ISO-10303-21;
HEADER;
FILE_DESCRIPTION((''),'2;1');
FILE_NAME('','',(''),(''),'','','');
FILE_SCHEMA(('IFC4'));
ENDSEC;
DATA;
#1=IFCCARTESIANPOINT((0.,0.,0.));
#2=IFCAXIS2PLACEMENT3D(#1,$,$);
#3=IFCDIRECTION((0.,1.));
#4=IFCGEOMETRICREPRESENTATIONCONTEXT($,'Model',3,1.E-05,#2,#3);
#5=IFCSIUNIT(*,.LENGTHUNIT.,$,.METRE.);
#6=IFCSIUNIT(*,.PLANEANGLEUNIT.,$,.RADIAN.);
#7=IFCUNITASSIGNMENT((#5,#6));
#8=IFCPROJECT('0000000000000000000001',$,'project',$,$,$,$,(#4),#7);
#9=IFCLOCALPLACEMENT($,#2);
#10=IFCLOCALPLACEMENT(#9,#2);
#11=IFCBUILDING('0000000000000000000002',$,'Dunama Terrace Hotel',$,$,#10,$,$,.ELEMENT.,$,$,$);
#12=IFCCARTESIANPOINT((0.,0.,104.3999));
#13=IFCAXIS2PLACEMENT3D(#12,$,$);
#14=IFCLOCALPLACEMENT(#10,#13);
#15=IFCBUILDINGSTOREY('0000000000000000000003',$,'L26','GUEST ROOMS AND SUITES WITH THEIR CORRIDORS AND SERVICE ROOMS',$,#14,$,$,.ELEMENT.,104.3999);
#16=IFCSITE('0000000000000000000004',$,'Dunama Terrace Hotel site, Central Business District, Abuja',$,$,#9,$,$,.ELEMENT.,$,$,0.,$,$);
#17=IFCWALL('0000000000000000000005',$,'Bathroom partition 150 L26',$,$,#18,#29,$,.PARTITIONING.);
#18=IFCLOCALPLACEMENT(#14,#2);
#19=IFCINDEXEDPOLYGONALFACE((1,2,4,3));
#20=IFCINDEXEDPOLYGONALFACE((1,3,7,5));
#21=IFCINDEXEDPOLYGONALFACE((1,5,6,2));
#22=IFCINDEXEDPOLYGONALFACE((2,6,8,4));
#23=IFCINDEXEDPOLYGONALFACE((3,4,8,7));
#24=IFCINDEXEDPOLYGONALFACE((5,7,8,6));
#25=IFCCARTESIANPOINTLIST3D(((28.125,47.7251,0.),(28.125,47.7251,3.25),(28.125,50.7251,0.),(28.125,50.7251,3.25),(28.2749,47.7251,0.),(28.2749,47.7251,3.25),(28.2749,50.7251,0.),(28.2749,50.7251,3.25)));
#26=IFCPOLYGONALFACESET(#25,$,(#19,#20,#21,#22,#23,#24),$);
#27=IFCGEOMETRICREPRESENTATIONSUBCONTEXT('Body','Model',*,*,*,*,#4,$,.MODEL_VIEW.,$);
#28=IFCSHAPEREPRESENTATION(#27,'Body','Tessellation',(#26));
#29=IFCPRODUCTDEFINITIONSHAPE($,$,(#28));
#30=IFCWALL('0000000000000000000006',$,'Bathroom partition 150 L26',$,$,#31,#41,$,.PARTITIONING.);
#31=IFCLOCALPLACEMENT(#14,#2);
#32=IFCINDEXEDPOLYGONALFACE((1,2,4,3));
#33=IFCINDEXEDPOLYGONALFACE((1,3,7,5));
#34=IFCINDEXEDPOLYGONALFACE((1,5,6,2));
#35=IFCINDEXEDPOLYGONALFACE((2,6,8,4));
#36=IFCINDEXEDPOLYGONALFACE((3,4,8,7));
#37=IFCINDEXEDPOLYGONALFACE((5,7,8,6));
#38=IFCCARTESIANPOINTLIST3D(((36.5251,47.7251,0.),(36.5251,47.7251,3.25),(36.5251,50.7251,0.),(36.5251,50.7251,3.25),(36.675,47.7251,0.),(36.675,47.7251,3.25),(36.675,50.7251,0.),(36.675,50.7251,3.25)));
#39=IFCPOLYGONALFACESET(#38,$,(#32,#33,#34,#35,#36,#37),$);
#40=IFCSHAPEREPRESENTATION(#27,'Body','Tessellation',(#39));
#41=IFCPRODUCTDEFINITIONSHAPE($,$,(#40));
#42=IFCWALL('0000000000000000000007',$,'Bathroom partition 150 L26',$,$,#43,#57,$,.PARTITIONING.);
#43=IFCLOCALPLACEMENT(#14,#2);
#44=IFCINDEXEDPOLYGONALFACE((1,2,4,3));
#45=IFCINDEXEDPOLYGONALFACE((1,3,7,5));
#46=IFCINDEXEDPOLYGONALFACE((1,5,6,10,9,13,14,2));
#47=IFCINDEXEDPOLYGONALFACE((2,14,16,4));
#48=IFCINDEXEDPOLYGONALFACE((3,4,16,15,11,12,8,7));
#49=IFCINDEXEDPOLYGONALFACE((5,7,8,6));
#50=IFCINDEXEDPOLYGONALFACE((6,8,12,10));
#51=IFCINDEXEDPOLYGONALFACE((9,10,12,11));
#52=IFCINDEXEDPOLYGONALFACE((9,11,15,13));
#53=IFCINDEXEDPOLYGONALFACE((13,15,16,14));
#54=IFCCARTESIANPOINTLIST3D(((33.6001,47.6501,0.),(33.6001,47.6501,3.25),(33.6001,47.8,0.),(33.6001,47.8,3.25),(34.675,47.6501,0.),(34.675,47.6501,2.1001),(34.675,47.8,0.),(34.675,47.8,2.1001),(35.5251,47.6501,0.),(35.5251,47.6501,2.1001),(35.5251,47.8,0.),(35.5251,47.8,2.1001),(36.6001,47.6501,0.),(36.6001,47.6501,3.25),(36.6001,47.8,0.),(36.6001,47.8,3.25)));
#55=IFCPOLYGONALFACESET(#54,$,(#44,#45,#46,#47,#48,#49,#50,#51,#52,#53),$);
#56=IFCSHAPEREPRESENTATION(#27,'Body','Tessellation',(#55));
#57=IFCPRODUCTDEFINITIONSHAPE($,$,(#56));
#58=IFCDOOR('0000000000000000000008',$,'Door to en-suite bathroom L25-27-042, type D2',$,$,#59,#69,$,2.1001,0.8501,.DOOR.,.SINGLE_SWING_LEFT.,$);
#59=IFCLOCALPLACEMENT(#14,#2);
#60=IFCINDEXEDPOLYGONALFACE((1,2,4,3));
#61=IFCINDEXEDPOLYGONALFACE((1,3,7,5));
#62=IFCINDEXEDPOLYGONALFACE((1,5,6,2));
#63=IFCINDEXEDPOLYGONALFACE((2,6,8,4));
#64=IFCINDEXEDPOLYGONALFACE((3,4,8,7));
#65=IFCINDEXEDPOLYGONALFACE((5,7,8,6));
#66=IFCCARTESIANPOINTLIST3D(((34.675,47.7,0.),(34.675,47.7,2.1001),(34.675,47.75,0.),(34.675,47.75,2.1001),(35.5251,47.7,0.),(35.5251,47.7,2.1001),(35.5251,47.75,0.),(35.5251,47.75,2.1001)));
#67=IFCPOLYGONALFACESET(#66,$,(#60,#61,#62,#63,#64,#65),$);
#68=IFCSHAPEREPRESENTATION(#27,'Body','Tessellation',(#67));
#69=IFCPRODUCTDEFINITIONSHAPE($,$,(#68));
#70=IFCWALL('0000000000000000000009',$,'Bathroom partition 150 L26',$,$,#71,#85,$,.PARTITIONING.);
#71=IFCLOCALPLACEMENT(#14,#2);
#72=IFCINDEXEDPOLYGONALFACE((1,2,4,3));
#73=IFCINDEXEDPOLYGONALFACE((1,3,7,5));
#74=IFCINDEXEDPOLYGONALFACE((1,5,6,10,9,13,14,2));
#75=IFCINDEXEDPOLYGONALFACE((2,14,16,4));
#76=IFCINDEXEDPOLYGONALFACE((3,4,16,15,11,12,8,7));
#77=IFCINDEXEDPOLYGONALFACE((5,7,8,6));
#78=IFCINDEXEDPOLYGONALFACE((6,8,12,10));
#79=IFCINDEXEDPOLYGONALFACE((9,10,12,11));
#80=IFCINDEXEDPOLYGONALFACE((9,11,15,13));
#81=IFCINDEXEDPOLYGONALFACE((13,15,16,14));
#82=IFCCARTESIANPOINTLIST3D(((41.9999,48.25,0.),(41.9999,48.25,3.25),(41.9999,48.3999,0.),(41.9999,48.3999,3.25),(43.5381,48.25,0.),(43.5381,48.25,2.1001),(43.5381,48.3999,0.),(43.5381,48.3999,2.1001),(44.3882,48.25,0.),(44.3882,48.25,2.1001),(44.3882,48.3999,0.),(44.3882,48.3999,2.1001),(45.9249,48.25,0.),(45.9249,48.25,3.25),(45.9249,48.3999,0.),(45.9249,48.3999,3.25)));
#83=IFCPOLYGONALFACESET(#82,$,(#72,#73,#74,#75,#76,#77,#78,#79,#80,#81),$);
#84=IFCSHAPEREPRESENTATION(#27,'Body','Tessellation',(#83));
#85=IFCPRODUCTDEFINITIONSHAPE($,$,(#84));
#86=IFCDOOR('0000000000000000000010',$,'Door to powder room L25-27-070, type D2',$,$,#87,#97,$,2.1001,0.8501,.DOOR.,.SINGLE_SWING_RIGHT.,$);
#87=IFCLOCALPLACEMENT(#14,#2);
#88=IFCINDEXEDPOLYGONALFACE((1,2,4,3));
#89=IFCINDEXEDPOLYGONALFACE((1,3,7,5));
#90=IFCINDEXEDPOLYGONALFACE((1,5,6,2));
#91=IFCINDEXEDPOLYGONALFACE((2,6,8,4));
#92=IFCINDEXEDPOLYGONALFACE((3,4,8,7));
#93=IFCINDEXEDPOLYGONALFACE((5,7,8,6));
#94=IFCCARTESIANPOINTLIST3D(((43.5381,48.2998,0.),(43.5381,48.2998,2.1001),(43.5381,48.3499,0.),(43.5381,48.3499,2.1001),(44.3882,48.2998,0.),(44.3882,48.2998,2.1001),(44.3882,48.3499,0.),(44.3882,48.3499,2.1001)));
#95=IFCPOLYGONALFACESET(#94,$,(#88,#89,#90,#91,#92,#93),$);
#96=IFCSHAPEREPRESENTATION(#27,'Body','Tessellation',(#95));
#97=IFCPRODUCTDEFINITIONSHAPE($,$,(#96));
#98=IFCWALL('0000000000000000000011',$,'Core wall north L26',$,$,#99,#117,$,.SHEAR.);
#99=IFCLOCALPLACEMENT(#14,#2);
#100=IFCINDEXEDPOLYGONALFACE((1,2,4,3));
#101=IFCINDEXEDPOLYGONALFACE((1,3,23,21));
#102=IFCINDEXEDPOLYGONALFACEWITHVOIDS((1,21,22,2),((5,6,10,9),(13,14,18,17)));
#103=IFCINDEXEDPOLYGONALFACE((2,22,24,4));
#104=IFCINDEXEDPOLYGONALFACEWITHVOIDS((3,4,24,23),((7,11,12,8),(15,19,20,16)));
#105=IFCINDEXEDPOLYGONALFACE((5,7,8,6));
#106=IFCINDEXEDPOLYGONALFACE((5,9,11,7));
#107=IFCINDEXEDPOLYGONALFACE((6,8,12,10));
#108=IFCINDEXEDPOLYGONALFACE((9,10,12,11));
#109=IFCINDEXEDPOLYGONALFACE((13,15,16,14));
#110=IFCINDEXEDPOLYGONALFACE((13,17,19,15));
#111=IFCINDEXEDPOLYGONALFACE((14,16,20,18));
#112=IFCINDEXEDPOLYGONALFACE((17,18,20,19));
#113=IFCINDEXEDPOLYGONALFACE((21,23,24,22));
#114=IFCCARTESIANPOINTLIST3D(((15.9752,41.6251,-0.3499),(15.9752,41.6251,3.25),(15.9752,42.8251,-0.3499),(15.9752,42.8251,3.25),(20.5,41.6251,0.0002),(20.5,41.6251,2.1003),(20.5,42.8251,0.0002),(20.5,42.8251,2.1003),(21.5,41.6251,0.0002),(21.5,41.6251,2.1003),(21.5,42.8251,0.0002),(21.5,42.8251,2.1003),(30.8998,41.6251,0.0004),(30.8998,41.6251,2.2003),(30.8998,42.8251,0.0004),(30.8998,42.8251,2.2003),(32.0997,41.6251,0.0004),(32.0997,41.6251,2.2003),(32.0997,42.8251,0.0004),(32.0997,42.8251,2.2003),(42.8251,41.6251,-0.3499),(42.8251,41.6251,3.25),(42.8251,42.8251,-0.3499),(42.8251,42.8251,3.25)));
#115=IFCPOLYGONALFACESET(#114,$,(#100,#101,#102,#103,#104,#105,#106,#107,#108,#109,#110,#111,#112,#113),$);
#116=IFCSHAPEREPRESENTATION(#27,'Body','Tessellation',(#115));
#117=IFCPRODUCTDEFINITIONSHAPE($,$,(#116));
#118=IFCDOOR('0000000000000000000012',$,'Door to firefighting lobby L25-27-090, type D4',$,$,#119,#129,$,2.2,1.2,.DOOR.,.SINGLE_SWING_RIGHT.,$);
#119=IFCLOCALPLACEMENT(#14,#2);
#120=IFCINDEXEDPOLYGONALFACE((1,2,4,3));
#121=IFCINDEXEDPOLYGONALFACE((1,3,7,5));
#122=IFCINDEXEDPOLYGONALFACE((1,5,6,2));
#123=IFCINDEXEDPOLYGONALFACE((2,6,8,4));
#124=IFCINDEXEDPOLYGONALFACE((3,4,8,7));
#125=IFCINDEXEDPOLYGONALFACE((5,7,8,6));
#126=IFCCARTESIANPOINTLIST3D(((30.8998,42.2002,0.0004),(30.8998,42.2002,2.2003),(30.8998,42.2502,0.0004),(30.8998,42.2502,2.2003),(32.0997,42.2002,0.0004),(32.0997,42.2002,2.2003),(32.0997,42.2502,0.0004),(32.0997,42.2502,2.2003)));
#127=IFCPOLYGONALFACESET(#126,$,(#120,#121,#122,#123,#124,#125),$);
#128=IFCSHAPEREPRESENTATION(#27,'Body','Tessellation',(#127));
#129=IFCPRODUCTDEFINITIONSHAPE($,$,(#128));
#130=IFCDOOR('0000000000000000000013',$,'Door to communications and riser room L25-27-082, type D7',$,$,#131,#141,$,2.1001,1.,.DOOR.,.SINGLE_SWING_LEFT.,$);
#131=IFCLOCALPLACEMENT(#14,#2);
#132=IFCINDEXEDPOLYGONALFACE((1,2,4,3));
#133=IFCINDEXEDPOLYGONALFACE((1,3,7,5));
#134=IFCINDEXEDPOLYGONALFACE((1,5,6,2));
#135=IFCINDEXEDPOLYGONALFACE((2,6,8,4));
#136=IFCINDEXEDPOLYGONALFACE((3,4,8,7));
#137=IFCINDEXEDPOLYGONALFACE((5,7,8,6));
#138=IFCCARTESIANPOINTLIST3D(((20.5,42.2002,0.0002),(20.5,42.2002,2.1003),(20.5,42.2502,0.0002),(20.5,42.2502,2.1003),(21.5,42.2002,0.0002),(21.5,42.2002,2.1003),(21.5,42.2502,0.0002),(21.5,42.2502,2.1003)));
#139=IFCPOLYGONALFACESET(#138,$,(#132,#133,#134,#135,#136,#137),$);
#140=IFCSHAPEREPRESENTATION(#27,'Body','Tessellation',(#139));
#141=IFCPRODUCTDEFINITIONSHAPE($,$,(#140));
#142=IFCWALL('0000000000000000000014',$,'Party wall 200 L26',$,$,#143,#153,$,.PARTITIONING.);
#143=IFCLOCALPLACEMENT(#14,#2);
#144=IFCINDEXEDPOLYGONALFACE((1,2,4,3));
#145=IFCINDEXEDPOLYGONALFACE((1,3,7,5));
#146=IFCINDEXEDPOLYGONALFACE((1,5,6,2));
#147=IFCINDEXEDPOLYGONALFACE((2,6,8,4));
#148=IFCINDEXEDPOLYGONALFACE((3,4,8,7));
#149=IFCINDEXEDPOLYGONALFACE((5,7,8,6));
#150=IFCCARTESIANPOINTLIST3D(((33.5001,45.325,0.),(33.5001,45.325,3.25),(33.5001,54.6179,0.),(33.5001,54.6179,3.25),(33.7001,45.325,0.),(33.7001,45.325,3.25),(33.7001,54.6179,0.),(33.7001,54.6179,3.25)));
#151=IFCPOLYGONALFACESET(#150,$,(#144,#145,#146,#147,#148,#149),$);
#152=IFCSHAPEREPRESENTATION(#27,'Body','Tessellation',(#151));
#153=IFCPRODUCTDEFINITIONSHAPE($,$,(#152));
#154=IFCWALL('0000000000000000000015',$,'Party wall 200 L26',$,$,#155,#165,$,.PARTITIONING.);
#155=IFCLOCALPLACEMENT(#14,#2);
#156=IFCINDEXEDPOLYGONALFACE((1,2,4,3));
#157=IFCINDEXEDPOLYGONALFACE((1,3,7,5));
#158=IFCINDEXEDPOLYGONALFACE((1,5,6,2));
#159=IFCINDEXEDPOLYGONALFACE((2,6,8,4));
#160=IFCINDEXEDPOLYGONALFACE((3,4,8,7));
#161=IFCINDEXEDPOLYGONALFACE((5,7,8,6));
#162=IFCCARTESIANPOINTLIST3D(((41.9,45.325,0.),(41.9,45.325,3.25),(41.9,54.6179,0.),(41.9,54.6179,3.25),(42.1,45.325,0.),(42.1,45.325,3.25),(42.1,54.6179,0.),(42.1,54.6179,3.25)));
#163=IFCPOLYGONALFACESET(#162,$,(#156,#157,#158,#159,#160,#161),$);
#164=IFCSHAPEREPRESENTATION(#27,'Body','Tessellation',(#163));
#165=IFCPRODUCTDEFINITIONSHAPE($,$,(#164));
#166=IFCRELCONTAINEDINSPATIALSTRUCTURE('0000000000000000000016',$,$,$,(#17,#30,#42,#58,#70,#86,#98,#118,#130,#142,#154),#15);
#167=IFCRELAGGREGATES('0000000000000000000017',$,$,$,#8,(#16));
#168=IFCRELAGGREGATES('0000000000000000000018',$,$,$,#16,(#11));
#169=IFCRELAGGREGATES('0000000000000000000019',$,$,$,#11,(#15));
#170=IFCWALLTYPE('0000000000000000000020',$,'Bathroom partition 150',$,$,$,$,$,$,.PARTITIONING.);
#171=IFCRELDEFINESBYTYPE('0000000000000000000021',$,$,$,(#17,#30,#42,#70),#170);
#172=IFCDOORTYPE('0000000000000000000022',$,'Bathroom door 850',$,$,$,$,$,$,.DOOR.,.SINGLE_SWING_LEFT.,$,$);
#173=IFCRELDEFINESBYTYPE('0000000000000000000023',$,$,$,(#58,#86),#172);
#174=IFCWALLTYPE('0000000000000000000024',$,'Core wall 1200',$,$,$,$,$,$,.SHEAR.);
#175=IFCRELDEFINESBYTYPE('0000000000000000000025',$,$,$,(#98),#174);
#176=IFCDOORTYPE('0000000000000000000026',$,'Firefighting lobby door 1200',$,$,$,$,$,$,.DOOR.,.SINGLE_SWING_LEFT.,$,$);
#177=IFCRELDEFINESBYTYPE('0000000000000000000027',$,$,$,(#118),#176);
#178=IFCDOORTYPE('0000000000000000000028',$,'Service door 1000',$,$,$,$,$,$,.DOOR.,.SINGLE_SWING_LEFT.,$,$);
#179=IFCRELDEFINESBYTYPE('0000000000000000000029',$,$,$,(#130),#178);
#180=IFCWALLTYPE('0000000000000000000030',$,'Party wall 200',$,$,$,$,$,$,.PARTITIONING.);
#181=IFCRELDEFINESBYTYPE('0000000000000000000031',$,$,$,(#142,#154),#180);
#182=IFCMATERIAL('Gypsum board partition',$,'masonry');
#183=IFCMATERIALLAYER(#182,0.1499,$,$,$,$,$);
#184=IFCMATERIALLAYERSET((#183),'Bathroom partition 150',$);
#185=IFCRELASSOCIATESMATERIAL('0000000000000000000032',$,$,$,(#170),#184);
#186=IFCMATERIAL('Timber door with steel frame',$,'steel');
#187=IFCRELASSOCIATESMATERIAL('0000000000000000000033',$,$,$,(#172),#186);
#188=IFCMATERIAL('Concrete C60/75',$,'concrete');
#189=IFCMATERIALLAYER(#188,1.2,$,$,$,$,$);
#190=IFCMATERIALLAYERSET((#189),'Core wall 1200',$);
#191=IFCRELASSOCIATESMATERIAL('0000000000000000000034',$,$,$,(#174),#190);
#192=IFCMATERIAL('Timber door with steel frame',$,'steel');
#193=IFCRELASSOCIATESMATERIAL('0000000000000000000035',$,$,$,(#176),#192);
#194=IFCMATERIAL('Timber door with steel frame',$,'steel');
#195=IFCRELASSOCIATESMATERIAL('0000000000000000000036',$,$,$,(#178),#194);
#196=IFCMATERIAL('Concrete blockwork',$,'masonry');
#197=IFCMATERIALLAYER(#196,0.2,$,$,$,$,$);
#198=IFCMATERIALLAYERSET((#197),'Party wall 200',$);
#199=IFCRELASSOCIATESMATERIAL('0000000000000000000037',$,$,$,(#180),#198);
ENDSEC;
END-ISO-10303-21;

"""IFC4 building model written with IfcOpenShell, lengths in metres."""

from ifc_helpers import new_model, si_unit, direction, frame, frame_2d, origin, place, context, subcontext, project, spatial, rectangle, extrude, material, layer, layer_set, type_object, element, fill, save


model = new_model("IFC4")

# Units and contexts
model_context = context("Model", 3, precision=1e-05, world=origin(), true_north=direction((0.0, 1.0)))
body_context = subcontext(model_context, "Body", "Model", "MODEL_VIEW")
ifc_project = project(units=[si_unit("LENGTHUNIT", "METRE"), si_unit("PLANEANGLEUNIT", "RADIAN")], contexts=[model_context])

# Site, building, storey
site_placement = place(None, origin())
site = spatial("IfcSite", under=ifc_project, at=site_placement, Name="Dunama Terrace Hotel site, Central Business District, Abuja", CompositionType="ELEMENT", RefElevation=0.0)
building_placement = place(site_placement, origin())
building = spatial("IfcBuilding", under=site, at=building_placement, Name="Dunama Terrace Hotel", CompositionType="ELEMENT")
storey_placement = place(building_placement, frame((0.0, 0.0, 104.3999)))
storey = spatial("IfcBuildingStorey", under=building, at=storey_placement, Name="L26", Description="GUEST ROOMS AND SUITES WITH THEIR CORRIDORS AND SERVICE ROOMS", CompositionType="ELEMENT", Elevation=104.3999)

# Walls
ifc_material_1 = material(Name="Gypsum board partition", Category="masonry")
ifc_layer_1 = layer(ifc_material_1, 0.1499)
ifc_layer_set_1 = layer_set([ifc_layer_1], Name="Bathroom partition 150")
wall_type_1 = type_object("IfcWallType", Name="Bathroom partition 150", PredefinedType="PARTITIONING", material=ifc_layer_set_1)
for number, where, z_axis, x_axis, name in (
    (1, (28.2, 47.7251, 0.0), (0.0, 0.0, 1.0), (0.0, 1.0, 0.0), "Bathroom partition 150 L26"),
    (2, (36.6001, 47.7251, 0.0), (0.0, 0.0, 1.0), (0.0, 1.0, 0.0), "Bathroom partition 150 L26"),
):
    element("IfcWall", number, at=place(storey_placement, frame(where, z_axis=z_axis, x_axis=x_axis)), inside=storey, type_object=wall_type_1, Name=name, PredefinedType="PARTITIONING", context=body_context, shape_type="SweptSolid", body=[
        extrude(rectangle(XDim=3.0, YDim=0.1499, at=frame_2d((1.5, 0.0))), origin(), (0.0, 0.0, 1.0), 3.25),
    ])

# Walls, openings, doors
wall_1_placement = place(storey_placement, frame((33.6001, 47.7251, 0.0), z_axis=(0.0, 0.0, 1.0), x_axis=(1.0, 0.0, 0.0)))
wall_1 = element("IfcWall", 3, at=wall_1_placement, inside=storey, type_object=wall_type_1, Name="Bathroom partition 150 L26", PredefinedType="PARTITIONING", context=body_context, shape_type="SweptSolid", body=[
    extrude(rectangle(XDim=3.0, YDim=0.1499, at=frame_2d((1.5, 0.0))), origin(), (0.0, 0.0, 1.0), 3.25),
])
opening_1_placement = place(wall_1_placement, frame((1.075, 0.0, 0.0)))
opening_1 = element("IfcOpeningElement", 4, at=opening_1_placement, cuts=wall_1, PredefinedType="OPENING", context=body_context, shape_type="SweptSolid", body=[
    extrude(rectangle(XDim=0.8501, YDim=2.1001, at=frame_2d((0.425, 1.05))), frame((0.0, 0.085, 0.0), z_axis=(0.0, -1.0, 0.0), x_axis=(1.0, 0.0, 0.0)), (0.0, 0.0, 1.0), 0.1699),
])
ifc_material_2 = material(Name="Timber door with steel frame", Category="steel")
door_type_1 = type_object("IfcDoorType", Name="Bathroom door 850", OperationType="SINGLE_SWING_LEFT", PredefinedType="DOOR", material=ifc_material_2)
door_1_placement = place(opening_1_placement, origin())
door_1 = element("IfcDoor", 5, at=door_1_placement, inside=storey, type_object=door_type_1, Name="Door to en-suite bathroom L25-27-042, type D2", OperationType="SINGLE_SWING_LEFT", OverallHeight=2.1001, OverallWidth=0.8501, PredefinedType="DOOR", context=body_context, shape_type="SweptSolid", body=[
    extrude(rectangle(XDim=0.8501, YDim=2.1001, at=frame_2d((0.425, 1.05))), frame((0.0, 0.0249, 0.0), z_axis=(0.0, -1.0, 0.0), x_axis=(1.0, 0.0, 0.0)), (0.0, 0.0, 1.0), 0.05),
])
fill(opening_1, door_1)
wall_2_placement = place(storey_placement, frame((42.0, 48.325, 0.0), z_axis=(0.0, 0.0, 1.0), x_axis=(1.0, 0.0, 0.0)))
wall_2 = element("IfcWall", 6, at=wall_2_placement, inside=storey, type_object=wall_type_1, Name="Bathroom partition 150 L26", PredefinedType="PARTITIONING", context=body_context, shape_type="SweptSolid", body=[
    extrude(rectangle(XDim=3.925, YDim=0.1499, at=frame_2d((1.9624, 0.0))), origin(), (0.0, 0.0, 1.0), 3.25),
])
opening_2_placement = place(wall_2_placement, frame((1.5381, 0.0, 0.0)))
opening_2 = element("IfcOpeningElement", 7, at=opening_2_placement, cuts=wall_2, PredefinedType="OPENING", context=body_context, shape_type="SweptSolid", body=[
    extrude(rectangle(XDim=0.8501, YDim=2.1001, at=frame_2d((0.425, 1.05))), frame((0.0, 0.085, 0.0), z_axis=(0.0, -1.0, 0.0), x_axis=(1.0, 0.0, 0.0)), (0.0, 0.0, 1.0), 0.1699),
])
door_2_placement = place(opening_2_placement, frame((0.8501, 0.0, 0.0), z_axis=(0.0, 0.0, 1.0), x_axis=(-1.0, 0.0, 0.0)))
door_2 = element("IfcDoor", 8, at=door_2_placement, inside=storey, type_object=door_type_1, Name="Door to powder room L25-27-070, type D2", OperationType="SINGLE_SWING_RIGHT", OverallHeight=2.1001, OverallWidth=0.8501, PredefinedType="DOOR", context=body_context, shape_type="SweptSolid", body=[
    extrude(rectangle(XDim=0.8501, YDim=2.1001, at=frame_2d((0.425, 1.05))), frame((0.0, 0.0251, 0.0), z_axis=(0.0, -1.0, 0.0), x_axis=(1.0, 0.0, 0.0)), (0.0, 0.0, 1.0), 0.05),
])
fill(opening_2, door_2)

# Wall, openings, doors
ifc_material_3 = material(Name="Concrete C60/75", Category="concrete")
ifc_layer_2 = layer(ifc_material_3, 1.2)
ifc_layer_set_2 = layer_set([ifc_layer_2], Name="Core wall 1200")
wall_type_2 = type_object("IfcWallType", Name="Core wall 1200", PredefinedType="SHEAR", material=ifc_layer_set_2)
wall_3_placement = place(storey_placement, frame((42.825, 42.2251, -0.3499), z_axis=(0.0, 0.0, 1.0), x_axis=(-1.0, 0.0, 0.0)))
wall_3 = element("IfcWall", 9, at=wall_3_placement, inside=storey, type_object=wall_type_2, Name="Core wall north L26", PredefinedType="SHEAR", context=body_context, shape_type="SweptSolid", body=[
    extrude(rectangle(XDim=26.8499, YDim=1.2, at=frame_2d((13.4248, 0.0))), origin(), (0.0, 0.0, 1.0), 3.5999),
])
opening_3_placement = place(wall_3_placement, frame((21.325, 0.0, 0.3501)))
opening_3 = element("IfcOpeningElement", 10, at=opening_3_placement, cuts=wall_3, PredefinedType="OPENING", context=body_context, shape_type="SweptSolid", body=[
    extrude(rectangle(XDim=1.0, YDim=2.1001, at=frame_2d((0.5, 1.05))), frame((0.0, 0.6099, 0.0), z_axis=(0.0, -1.0, 0.0), x_axis=(1.0, 0.0, 0.0)), (0.0, 0.0, 1.0), 1.22),
])
opening_4_placement = place(wall_3_placement, frame((10.7251, 0.0, 0.3501)))
opening_4 = element("IfcOpeningElement", 11, at=opening_4_placement, cuts=wall_3, PredefinedType="OPENING", context=body_context, shape_type="SweptSolid", body=[
    extrude(rectangle(XDim=1.2, YDim=2.2, at=frame_2d((0.6001, 1.1001))), frame((0.0, 0.6099, 0.0), z_axis=(0.0, -1.0, 0.0), x_axis=(1.0, 0.0, 0.0)), (0.0, 0.0, 1.0), 1.22),
])
ifc_material_4 = material(Name="Timber door with steel frame", Category="steel")
door_type_2 = type_object("IfcDoorType", Name="Firefighting lobby door 1200", OperationType="SINGLE_SWING_LEFT", PredefinedType="DOOR", material=ifc_material_4)
door_3_placement = place(opening_4_placement, origin())
door_3 = element("IfcDoor", 12, at=door_3_placement, inside=storey, type_object=door_type_2, Name="Door to firefighting lobby L25-27-090, type D4", OperationType="SINGLE_SWING_RIGHT", OverallHeight=2.2, OverallWidth=1.2, PredefinedType="DOOR", context=body_context, shape_type="SweptSolid", body=[
    extrude(rectangle(XDim=1.2, YDim=2.2, at=frame_2d((0.6001, 1.1001))), frame((0.0, 0.0249, 0.0), z_axis=(0.0, -1.0, 0.0), x_axis=(1.0, 0.0, 0.0)), (0.0, 0.0, 1.0), 0.05),
])
fill(opening_4, door_3)
ifc_material_5 = material(Name="Timber door with steel frame", Category="steel")
door_type_3 = type_object("IfcDoorType", Name="Service door 1000", OperationType="SINGLE_SWING_LEFT", PredefinedType="DOOR", material=ifc_material_5)
door_4_placement = place(opening_3_placement, origin())
door_4 = element("IfcDoor", 13, at=door_4_placement, inside=storey, type_object=door_type_3, Name="Door to communications and riser room L25-27-082, type D7", OperationType="SINGLE_SWING_LEFT", OverallHeight=2.1001, OverallWidth=1.0, PredefinedType="DOOR", context=body_context, shape_type="SweptSolid", body=[
    extrude(rectangle(XDim=1.0, YDim=2.1001, at=frame_2d((0.5, 1.05))), frame((0.0, 0.0249, 0.0), z_axis=(0.0, -1.0, 0.0), x_axis=(1.0, 0.0, 0.0)), (0.0, 0.0, 1.0), 0.05),
])
fill(opening_3, door_4)

# Walls
ifc_material_6 = material(Name="Concrete blockwork", Category="masonry")
ifc_layer_3 = layer(ifc_material_6, 0.2)
ifc_layer_set_3 = layer_set([ifc_layer_3], Name="Party wall 200")
wall_type_3 = type_object("IfcWallType", Name="Party wall 200", PredefinedType="PARTITIONING", material=ifc_layer_set_3)
for number, where, z_axis, x_axis, name in (
    (14, (33.6001, 45.325, 0.0), (0.0, 0.0, 1.0), (0.0, 1.0, 0.0), "Party wall 200 L26"),
    (15, (42.0, 45.325, 0.0), (0.0, 0.0, 1.0), (0.0, 1.0, 0.0), "Party wall 200 L26"),
):
    element("IfcWall", number, at=place(storey_placement, frame(where, z_axis=z_axis, x_axis=x_axis)), inside=storey, type_object=wall_type_3, Name=name, PredefinedType="PARTITIONING", context=body_context, shape_type="SweptSolid", body=[
        extrude(rectangle(XDim=9.293, YDim=0.2, at=frame_2d((4.6465, 0.0))), origin(), (0.0, 0.0, 1.0), 3.25),
    ])

save(model, "model.ifc")
